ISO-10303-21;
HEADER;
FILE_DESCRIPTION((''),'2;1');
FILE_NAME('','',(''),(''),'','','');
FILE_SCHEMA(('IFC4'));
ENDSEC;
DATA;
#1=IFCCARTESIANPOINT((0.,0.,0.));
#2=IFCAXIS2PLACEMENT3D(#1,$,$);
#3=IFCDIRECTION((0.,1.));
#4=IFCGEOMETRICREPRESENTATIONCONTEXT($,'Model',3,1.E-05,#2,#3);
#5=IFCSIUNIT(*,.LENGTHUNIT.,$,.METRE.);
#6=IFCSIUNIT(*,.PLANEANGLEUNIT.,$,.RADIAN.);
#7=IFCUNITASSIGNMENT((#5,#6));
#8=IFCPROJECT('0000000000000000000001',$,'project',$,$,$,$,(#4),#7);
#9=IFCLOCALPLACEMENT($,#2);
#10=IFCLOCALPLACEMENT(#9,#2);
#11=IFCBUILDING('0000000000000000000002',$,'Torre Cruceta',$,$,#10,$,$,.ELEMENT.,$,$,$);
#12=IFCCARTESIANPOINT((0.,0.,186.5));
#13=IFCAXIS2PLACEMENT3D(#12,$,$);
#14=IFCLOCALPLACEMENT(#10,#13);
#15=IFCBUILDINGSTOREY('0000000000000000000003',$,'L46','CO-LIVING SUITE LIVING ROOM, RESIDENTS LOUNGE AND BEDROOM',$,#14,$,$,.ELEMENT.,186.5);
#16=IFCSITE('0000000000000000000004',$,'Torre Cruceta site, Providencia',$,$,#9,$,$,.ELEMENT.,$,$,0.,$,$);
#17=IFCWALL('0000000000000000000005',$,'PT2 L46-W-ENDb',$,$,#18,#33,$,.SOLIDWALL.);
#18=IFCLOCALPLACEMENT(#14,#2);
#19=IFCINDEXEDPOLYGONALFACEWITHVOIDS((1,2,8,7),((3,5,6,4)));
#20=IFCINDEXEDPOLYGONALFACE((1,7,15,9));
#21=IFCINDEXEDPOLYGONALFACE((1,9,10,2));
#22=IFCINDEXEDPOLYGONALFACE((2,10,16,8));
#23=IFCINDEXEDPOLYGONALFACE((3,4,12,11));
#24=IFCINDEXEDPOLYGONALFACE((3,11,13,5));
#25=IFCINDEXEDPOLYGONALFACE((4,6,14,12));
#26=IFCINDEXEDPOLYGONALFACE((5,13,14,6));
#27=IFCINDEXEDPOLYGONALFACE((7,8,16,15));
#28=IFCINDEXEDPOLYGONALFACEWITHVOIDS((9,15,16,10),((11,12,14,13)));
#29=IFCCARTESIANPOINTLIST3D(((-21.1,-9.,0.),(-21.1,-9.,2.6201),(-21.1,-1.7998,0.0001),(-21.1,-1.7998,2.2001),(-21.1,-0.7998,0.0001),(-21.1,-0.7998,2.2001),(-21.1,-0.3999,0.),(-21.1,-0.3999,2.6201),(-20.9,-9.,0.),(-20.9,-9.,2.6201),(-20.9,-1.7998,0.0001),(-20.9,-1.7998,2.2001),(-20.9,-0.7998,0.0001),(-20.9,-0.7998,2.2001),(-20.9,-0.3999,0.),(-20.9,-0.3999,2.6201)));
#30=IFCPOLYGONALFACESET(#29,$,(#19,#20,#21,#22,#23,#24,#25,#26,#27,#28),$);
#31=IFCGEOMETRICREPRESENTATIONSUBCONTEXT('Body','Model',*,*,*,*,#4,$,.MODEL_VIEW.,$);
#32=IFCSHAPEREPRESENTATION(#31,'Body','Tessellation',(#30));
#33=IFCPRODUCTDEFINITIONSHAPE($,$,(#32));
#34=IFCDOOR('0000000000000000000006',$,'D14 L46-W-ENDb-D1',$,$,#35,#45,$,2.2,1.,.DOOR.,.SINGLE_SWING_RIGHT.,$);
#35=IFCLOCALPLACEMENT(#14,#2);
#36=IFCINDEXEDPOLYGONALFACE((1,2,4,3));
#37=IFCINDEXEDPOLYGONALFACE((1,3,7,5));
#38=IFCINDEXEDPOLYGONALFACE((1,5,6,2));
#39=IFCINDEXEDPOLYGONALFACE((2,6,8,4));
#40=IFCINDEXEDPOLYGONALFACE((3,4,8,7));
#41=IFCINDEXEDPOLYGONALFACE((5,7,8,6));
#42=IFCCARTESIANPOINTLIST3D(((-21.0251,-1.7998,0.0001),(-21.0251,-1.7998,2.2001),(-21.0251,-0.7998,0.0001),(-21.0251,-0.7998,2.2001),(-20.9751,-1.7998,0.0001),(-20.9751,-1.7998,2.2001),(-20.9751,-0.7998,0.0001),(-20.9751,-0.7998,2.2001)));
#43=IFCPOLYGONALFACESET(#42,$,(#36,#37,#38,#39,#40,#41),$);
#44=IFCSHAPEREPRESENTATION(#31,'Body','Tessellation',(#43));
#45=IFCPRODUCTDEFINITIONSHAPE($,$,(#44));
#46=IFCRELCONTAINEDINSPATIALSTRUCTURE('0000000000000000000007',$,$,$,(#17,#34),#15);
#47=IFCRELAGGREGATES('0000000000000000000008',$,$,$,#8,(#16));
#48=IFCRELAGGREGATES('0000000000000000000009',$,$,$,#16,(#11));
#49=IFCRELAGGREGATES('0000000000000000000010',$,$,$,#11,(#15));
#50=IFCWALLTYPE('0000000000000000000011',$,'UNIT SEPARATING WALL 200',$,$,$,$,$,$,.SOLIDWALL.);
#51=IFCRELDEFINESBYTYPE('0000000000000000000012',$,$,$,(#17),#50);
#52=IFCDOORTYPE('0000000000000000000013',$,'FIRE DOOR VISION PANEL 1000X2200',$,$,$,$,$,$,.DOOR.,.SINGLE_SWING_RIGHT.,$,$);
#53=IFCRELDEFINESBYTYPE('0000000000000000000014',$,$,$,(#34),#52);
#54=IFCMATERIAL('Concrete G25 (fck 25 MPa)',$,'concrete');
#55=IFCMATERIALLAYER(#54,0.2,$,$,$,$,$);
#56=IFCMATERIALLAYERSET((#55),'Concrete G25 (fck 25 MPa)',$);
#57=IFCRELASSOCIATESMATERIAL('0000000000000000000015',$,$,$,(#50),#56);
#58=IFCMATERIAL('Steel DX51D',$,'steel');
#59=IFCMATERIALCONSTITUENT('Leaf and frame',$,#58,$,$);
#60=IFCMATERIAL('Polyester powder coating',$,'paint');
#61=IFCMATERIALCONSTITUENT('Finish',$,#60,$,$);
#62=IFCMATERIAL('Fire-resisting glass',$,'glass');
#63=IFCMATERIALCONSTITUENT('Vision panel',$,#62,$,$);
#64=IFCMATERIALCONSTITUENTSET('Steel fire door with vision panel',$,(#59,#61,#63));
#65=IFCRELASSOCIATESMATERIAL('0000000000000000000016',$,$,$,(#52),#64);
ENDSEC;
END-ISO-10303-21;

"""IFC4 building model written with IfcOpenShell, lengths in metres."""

from ifc_helpers import new_model, si_unit, direction, frame, frame_2d, origin, place, context, subcontext, project, spatial, rectangle, extrude, material, layer, layer_set, constituent, constituent_set, type_object, element, fill, save


model = new_model("IFC4")

# Units and contexts
model_context = context("Model", 3, precision=1e-05, world=origin(), true_north=direction((0.0, 1.0)))
body_context = subcontext(model_context, "Body", "Model", "MODEL_VIEW")
ifc_project = project(units=[si_unit("LENGTHUNIT", "METRE"), si_unit("PLANEANGLEUNIT", "RADIAN")], contexts=[model_context])

# Site, building, storey
site_placement = place(None, origin())
site = spatial("IfcSite", under=ifc_project, at=site_placement, Name="Torre Cruceta site, Providencia", CompositionType="ELEMENT", RefElevation=0.0)
building_placement = place(site_placement, origin())
building = spatial("IfcBuilding", under=site, at=building_placement, Name="Torre Cruceta", CompositionType="ELEMENT")
storey_placement = place(building_placement, frame((0.0, 0.0, 186.5)))
storey = spatial("IfcBuildingStorey", under=building, at=storey_placement, Name="L46", Description="CO-LIVING SUITE LIVING ROOM, RESIDENTS LOUNGE AND BEDROOM", CompositionType="ELEMENT", Elevation=186.5)

# Shared definitions
ifc_material_1 = material(Name="Concrete G25 (fck 25 MPa)", Category="concrete")
ifc_layer_1 = layer(ifc_material_1, 0.2)
ifc_layer_set_1 = layer_set([ifc_layer_1], Name="Concrete G25 (fck 25 MPa)")
wall_type_1 = type_object("IfcWallType", Name="UNIT SEPARATING WALL 200", PredefinedType="SOLIDWALL", material=ifc_layer_set_1)

# Wall, opening, door
wall_1_placement = place(storey_placement, frame((-21.0, -0.3999, 0.0), z_axis=(0.0, 0.0, 1.0), x_axis=(0.0, -1.0, 0.0)))
wall_1 = element("IfcWall", 1, at=wall_1_placement, inside=storey, type_object=wall_type_1, Name="PT2 L46-W-ENDb", PredefinedType="SOLIDWALL", context=body_context, shape_type="SweptSolid", body=[
    extrude(rectangle(XDim=8.6001, YDim=0.2, at=frame_2d((4.3, 0.0))), origin(), (0.0, 0.0, 1.0), 2.6201),
])
opening_1_placement = place(wall_1_placement, frame((0.3999, 0.0, 0.0)))
opening_1 = element("IfcOpeningElement", 2, at=opening_1_placement, cuts=wall_1, PredefinedType="OPENING", context=body_context, shape_type="SweptSolid", body=[
    extrude(rectangle(XDim=1.0, YDim=2.2, at=frame_2d((0.5, 1.1001))), frame((0.0, 0.1099, 0.0), z_axis=(0.0, -1.0, 0.0), x_axis=(1.0, 0.0, 0.0)), (0.0, 0.0, 1.0), 0.22),
])
ifc_material_2 = material(Name="Steel DX51D", Category="steel")
ifc_constituent_1 = constituent(ifc_material_2, Name="Leaf and frame")
ifc_material_3 = material(Name="Polyester powder coating", Category="paint")
ifc_constituent_2 = constituent(ifc_material_3, Name="Finish")
ifc_material_4 = material(Name="Fire-resisting glass", Category="glass")
ifc_constituent_3 = constituent(ifc_material_4, Name="Vision panel")
ifc_constituent_set_1 = constituent_set(constituents=[ifc_constituent_1, ifc_constituent_2, ifc_constituent_3], Name="Steel fire door with vision panel")
door_type_1 = type_object("IfcDoorType", Name="FIRE DOOR VISION PANEL 1000X2200", OperationType="SINGLE_SWING_RIGHT", PredefinedType="DOOR", material=ifc_constituent_set_1)
door_1_placement = place(opening_1_placement, frame((1.0, 0.0, 0.0), z_axis=(0.0, 0.0, 1.0), x_axis=(-1.0, 0.0, 0.0)))
door_1 = element("IfcDoor", 3, at=door_1_placement, inside=storey, type_object=door_type_1, Name="D14 L46-W-ENDb-D1", OperationType="SINGLE_SWING_RIGHT", OverallHeight=2.2, OverallWidth=1.0, PredefinedType="DOOR", context=body_context, shape_type="SweptSolid", body=[
    extrude(rectangle(XDim=1.0, YDim=2.2, at=frame_2d((0.5, 1.1001))), frame((0.0, 0.0251, 0.0), z_axis=(0.0, -1.0, 0.0), x_axis=(1.0, 0.0, 0.0)), (0.0, 0.0, 1.0), 0.05),
])
fill(opening_1, door_1)

save(model, "model.ifc")
